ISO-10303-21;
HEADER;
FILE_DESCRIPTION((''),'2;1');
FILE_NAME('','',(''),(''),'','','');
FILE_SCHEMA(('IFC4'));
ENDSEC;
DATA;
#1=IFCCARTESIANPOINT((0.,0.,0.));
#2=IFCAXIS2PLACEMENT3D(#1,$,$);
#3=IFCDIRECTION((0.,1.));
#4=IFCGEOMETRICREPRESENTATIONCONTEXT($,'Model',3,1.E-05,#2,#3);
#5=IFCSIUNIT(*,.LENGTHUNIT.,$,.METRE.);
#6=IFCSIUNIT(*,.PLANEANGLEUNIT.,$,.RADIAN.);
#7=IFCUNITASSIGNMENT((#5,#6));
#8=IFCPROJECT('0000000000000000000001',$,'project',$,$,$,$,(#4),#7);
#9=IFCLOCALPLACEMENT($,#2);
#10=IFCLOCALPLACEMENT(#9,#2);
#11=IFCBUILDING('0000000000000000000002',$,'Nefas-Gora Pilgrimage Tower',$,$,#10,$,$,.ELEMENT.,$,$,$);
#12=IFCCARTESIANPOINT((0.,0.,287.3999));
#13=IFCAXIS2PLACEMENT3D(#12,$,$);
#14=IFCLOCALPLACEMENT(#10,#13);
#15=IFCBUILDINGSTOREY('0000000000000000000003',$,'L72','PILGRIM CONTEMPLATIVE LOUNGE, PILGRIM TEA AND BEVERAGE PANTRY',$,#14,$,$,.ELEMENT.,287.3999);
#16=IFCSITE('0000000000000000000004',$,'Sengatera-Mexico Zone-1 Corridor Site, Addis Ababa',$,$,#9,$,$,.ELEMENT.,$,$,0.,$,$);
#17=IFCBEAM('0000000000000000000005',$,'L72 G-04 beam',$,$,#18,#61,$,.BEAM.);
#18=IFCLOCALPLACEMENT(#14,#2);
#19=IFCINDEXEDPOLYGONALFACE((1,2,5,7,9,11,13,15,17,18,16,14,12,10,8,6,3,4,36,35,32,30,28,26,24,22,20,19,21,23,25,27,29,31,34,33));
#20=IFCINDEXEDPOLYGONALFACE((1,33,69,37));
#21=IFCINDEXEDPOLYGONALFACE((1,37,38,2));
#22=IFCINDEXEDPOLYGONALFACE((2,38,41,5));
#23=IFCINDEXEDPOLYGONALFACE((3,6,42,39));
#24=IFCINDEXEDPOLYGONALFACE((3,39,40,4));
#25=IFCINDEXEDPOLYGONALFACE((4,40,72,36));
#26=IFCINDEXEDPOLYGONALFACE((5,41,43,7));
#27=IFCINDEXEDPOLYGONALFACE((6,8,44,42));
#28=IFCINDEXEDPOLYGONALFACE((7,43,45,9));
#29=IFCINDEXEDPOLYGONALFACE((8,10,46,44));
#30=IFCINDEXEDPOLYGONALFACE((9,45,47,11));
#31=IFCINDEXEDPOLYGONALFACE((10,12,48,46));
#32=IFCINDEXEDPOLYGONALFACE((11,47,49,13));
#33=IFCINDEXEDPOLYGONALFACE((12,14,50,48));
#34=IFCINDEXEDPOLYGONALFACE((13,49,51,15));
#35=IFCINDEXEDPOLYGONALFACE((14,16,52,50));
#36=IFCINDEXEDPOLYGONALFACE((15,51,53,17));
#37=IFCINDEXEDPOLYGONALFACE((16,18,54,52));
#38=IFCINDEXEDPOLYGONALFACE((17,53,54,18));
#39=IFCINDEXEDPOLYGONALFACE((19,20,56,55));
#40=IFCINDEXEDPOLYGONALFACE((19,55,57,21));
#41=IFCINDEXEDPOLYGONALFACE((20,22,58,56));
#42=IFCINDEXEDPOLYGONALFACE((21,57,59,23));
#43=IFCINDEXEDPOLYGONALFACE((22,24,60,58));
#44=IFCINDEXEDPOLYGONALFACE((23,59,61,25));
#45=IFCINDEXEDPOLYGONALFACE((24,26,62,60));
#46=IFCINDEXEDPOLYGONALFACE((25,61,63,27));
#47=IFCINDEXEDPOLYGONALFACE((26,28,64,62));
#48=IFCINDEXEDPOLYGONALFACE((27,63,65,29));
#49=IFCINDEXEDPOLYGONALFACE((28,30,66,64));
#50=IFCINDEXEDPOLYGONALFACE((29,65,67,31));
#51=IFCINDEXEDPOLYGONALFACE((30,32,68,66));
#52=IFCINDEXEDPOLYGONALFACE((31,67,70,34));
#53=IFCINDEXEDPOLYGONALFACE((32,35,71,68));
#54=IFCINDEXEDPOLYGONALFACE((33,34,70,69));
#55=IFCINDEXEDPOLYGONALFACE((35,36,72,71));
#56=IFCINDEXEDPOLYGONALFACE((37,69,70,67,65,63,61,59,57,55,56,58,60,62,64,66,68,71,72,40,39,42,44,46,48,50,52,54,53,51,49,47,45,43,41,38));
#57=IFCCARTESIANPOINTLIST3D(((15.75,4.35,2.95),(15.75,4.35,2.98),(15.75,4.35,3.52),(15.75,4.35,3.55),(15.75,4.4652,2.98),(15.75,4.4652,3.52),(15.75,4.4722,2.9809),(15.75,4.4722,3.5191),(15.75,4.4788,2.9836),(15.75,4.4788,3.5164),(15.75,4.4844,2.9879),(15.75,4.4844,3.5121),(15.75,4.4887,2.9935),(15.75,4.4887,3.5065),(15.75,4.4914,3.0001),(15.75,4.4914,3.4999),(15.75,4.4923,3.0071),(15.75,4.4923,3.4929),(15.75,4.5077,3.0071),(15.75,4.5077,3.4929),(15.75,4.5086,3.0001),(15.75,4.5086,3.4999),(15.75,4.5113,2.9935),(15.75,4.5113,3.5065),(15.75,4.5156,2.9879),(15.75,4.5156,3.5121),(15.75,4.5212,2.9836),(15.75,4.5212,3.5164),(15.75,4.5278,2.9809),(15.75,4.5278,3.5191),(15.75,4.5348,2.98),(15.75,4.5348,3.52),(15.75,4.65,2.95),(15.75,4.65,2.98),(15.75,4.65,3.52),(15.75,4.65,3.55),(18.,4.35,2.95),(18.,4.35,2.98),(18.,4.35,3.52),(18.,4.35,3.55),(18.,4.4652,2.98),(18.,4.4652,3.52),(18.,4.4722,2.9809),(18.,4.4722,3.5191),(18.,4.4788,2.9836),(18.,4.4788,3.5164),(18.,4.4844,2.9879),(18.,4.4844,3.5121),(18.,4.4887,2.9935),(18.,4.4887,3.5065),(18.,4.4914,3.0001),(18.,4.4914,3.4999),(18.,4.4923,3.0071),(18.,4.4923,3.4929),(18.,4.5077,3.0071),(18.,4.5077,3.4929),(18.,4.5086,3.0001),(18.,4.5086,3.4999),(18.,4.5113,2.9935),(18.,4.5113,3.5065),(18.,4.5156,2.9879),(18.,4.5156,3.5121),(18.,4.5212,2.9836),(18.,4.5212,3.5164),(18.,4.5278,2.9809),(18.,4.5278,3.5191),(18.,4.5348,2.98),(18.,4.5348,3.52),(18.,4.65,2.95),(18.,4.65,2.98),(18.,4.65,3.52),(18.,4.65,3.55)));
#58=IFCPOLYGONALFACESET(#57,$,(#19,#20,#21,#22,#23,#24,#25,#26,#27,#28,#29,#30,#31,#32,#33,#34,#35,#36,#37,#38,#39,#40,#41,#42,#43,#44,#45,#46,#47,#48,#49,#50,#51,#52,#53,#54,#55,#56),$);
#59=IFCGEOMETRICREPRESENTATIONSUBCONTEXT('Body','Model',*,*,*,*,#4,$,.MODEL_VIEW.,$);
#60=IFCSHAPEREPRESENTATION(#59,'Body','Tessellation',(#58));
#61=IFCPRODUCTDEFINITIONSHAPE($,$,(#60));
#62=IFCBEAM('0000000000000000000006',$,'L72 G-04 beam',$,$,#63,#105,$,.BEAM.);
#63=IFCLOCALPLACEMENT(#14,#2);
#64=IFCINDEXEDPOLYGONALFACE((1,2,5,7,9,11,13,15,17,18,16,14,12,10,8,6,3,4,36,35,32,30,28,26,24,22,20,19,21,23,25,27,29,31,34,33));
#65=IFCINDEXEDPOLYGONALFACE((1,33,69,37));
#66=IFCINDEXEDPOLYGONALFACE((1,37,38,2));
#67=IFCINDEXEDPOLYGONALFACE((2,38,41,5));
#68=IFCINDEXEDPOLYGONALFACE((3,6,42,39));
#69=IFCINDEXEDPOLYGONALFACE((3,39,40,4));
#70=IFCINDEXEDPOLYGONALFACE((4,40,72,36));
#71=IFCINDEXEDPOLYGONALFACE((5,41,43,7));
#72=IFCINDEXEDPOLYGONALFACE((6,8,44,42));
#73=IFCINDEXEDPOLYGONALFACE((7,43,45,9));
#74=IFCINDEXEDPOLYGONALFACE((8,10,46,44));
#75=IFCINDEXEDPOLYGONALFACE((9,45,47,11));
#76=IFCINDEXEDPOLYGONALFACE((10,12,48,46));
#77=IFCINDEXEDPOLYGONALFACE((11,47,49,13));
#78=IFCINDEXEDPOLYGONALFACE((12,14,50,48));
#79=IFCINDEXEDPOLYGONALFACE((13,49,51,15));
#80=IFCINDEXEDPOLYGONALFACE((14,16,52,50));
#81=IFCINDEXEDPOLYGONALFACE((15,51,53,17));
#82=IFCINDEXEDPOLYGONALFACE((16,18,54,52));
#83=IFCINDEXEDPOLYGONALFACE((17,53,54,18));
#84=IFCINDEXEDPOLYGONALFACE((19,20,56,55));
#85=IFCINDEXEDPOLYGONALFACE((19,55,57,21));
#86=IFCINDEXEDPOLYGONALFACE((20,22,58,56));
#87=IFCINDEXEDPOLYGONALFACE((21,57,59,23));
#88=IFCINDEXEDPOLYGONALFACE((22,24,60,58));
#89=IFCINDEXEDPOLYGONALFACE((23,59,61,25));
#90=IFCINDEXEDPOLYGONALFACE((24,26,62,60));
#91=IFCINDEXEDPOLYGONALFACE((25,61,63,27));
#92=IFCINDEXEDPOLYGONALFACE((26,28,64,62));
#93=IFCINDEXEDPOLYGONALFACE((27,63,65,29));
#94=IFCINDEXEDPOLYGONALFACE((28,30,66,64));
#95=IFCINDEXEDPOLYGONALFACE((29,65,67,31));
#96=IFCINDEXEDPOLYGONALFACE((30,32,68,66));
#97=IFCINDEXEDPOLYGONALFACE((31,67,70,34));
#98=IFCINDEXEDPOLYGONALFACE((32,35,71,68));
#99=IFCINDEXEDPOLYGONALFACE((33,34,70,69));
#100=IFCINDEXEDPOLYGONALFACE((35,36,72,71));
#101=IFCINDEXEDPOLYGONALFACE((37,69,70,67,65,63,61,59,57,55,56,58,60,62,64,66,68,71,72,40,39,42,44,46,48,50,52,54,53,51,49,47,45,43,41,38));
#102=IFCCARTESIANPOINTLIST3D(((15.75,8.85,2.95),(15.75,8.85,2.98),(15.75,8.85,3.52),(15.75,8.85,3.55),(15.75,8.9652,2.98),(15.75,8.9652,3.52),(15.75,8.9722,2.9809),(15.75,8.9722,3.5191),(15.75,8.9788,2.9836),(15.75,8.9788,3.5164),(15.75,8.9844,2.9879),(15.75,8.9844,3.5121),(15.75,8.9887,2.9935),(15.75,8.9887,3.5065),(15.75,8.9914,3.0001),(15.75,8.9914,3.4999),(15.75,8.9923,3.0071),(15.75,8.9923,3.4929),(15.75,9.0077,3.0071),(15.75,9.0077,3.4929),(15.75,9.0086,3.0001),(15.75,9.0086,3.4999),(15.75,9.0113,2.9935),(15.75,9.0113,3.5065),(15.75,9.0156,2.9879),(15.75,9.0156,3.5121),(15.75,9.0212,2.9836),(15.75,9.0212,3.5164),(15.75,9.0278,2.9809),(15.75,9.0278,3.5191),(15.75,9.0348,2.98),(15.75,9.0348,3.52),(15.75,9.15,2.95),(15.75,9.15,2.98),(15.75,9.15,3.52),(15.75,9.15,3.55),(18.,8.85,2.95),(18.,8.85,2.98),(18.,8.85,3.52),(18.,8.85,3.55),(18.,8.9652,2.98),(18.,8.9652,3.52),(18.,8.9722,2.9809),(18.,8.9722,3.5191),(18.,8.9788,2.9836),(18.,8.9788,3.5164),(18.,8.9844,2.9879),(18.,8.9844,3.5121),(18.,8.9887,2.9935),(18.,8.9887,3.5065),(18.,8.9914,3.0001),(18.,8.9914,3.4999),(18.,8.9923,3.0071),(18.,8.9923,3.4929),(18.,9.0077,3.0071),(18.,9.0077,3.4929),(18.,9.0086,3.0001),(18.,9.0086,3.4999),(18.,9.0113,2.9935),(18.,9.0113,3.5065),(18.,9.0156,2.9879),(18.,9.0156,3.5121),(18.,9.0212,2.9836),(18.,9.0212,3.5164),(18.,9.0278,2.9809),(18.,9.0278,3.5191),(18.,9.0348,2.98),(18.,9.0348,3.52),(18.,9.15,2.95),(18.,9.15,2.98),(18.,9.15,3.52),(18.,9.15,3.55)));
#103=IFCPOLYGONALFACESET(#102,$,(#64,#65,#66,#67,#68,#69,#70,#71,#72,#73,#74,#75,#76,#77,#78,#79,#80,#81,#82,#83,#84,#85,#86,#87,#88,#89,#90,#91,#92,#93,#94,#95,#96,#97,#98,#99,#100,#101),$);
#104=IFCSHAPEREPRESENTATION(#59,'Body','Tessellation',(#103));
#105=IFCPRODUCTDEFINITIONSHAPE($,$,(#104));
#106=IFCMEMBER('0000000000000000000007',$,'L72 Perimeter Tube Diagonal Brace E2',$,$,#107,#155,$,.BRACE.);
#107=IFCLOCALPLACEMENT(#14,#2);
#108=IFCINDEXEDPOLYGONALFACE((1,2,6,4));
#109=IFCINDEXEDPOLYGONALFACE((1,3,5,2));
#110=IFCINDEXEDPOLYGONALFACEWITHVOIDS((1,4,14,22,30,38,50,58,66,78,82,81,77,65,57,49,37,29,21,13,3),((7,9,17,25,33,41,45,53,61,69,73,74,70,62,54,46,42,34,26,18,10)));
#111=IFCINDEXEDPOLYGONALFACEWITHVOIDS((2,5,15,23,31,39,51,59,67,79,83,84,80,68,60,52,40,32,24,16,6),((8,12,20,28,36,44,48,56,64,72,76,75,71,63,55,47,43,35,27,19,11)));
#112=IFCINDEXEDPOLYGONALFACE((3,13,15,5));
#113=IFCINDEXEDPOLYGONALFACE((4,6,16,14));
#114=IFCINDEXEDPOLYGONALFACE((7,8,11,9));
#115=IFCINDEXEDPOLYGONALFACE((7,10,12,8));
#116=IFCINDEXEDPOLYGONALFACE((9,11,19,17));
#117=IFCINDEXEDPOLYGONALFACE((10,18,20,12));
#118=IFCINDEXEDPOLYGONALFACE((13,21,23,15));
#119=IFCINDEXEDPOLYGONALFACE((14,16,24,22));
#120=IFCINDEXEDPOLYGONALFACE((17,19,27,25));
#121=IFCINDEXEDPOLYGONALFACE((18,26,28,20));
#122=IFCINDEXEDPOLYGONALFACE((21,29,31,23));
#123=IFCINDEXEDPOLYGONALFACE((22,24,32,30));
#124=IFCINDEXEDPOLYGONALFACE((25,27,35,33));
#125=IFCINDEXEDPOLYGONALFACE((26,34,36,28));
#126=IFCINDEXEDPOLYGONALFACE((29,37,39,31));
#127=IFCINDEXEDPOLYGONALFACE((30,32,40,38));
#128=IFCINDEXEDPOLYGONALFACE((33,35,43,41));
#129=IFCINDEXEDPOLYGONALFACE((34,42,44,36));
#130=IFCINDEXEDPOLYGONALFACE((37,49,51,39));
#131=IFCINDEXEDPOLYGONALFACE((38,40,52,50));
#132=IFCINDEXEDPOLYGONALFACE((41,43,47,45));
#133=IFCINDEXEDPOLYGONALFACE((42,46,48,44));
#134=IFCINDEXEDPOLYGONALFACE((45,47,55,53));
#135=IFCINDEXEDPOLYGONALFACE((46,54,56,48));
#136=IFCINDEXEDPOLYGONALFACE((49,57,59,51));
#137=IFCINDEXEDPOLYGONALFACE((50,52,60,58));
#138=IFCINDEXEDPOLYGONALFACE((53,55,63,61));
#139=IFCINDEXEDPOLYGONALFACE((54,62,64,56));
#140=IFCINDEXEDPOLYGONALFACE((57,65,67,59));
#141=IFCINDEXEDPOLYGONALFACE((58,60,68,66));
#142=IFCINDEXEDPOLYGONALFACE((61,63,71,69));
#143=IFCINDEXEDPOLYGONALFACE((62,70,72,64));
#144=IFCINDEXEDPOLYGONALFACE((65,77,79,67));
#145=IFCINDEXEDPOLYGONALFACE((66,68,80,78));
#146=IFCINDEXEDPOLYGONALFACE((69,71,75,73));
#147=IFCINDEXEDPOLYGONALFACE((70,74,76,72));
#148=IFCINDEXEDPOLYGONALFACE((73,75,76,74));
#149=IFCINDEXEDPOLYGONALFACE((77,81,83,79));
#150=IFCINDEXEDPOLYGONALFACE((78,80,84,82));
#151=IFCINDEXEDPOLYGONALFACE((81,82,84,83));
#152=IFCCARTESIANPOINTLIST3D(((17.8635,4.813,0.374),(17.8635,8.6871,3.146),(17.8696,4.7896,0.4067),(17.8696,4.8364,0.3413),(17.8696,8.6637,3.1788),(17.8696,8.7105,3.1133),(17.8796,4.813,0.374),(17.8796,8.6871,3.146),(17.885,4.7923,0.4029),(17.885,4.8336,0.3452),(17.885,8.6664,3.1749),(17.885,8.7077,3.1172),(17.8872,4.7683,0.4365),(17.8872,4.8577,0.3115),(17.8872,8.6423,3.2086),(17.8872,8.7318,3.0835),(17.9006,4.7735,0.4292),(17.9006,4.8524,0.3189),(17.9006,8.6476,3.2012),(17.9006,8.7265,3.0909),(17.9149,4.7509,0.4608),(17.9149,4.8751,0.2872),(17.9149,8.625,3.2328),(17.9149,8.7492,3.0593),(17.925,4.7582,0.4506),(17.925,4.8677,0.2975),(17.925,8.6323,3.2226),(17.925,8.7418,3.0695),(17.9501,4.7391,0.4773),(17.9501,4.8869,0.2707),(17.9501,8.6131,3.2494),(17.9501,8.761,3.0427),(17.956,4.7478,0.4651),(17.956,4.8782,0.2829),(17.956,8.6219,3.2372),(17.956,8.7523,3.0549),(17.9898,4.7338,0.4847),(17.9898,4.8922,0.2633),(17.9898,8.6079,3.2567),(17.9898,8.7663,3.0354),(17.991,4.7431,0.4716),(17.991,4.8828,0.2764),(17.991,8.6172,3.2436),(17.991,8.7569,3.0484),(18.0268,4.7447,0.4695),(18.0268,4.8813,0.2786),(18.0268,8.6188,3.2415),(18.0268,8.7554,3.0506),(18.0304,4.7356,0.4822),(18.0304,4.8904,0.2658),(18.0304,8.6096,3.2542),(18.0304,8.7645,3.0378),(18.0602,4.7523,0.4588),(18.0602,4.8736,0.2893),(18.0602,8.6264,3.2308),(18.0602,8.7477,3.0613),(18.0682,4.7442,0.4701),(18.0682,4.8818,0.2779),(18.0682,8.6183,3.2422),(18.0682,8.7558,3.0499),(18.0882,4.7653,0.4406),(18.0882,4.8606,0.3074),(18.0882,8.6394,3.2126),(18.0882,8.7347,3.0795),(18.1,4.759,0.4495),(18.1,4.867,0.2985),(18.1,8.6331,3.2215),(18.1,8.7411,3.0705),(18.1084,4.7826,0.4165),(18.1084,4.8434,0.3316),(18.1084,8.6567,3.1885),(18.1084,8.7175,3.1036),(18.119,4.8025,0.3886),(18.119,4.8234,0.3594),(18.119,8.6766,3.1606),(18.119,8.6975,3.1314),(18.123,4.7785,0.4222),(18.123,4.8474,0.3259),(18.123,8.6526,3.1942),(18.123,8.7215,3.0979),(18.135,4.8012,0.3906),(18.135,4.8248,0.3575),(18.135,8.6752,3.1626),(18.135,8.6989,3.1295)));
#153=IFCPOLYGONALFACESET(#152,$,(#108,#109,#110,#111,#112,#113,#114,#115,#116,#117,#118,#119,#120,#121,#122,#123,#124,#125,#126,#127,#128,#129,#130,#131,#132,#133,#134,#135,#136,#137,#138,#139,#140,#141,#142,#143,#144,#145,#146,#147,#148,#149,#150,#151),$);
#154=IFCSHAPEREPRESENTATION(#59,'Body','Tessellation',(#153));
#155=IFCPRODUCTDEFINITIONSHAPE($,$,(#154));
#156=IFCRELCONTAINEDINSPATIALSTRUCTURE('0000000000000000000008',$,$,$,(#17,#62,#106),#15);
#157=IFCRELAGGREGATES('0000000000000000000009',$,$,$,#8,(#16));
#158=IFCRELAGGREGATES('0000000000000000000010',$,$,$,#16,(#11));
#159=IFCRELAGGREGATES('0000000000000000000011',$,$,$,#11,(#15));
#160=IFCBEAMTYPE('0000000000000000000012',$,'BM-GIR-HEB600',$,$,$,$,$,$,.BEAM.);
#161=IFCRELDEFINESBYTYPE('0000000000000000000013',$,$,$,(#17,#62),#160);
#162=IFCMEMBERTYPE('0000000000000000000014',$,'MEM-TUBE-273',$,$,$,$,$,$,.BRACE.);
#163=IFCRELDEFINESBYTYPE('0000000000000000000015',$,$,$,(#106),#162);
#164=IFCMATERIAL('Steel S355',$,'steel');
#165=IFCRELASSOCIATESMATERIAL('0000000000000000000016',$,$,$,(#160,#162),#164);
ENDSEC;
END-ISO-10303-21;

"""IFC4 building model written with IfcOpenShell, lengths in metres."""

from ifc_helpers import new_model, si_unit, direction, frame, origin, origin_2d, place, context, subcontext, project, spatial, hollow_circle, i_section, extrude, source, transform, mapped, material, material_profile, profile_set, type_object, element, save


model = new_model("IFC4")

# Units and contexts
model_context = context("Model", 3, precision=1e-05, world=origin(), true_north=direction((0.0, 1.0)))
body_context = subcontext(model_context, "Body", "Model", "MODEL_VIEW")
ifc_project = project(units=[si_unit("LENGTHUNIT", "METRE"), si_unit("PLANEANGLEUNIT", "RADIAN")], contexts=[model_context])

# Site, building, storey
site_placement = place(None, origin())
site = spatial("IfcSite", under=ifc_project, at=site_placement, Name="Sengatera-Mexico Zone-1 Corridor Site, Addis Ababa", CompositionType="ELEMENT", RefElevation=0.0)
building_placement = place(site_placement, origin())
building = spatial("IfcBuilding", under=site, at=building_placement, Name="Nefas-Gora Pilgrimage Tower", CompositionType="ELEMENT")
storey_placement = place(building_placement, frame((0.0, 0.0, 287.3999)))
storey = spatial("IfcBuildingStorey", under=building, at=storey_placement, Name="L72", Description="PILGRIM CONTEMPLATIVE LOUNGE, PILGRIM TEA AND BEVERAGE PANTRY", CompositionType="ELEMENT", Elevation=287.3999)

# Shared definitions
ifc_material_1 = material(Name="Steel S355", Category="steel")

# Beams
ifc_material_profile_1 = material_profile(ifc_material_1, i_section(OverallWidth=0.3, OverallDepth=0.6001, WebThickness=0.0154, FlangeThickness=0.03, FilletRadius=0.0271, at=origin_2d()), Name="HEB 600")
ifc_profile_set_1 = profile_set([ifc_material_profile_1], Name="Steel S355")
beam_type_1 = type_object("IfcBeamType", Name="BM-GIR-HEB600", PredefinedType="BEAM", material=ifc_profile_set_1)
shared_shape_1 = source(origin(), body_context, "Body", "SweptSolid", [
    extrude(i_section(OverallWidth=0.3, OverallDepth=0.6001, WebThickness=0.0154, FlangeThickness=0.03, FilletRadius=0.0271, at=origin_2d()), origin(), (0.0, 0.0, 1.0), 2.25),
])
for number, where, z_axis, x_axis, name in (
    (1, (15.75, 4.5, 3.25), (1.0, 0.0, 0.0), (0.0, 1.0, 0.0), "L72 G-04 beam"),
    (2, (15.75, 9.0, 3.25), (1.0, 0.0, 0.0), (0.0, 1.0, 0.0), "L72 G-04 beam"),
):
    element("IfcBeam", number, at=place(storey_placement, frame(where, z_axis=z_axis, x_axis=x_axis)), inside=storey, type_object=beam_type_1, Name=name, PredefinedType="BEAM", context=body_context, shape_type="MappedRepresentation", body=[
        mapped(shared_shape_1, transform((0.0, 0.0, 0.0), x_axis=(1.0, 0.0, 0.0), y_axis=(0.0, 1.0, 0.0), z_axis=(0.0, 0.0, 1.0), scale=1.0)),
    ])

# Member
ifc_material_profile_2 = material_profile(ifc_material_1, hollow_circle(Radius=0.1365, WallThickness=0.0161, at=origin_2d()), Name="CHS 273x16")
ifc_profile_set_2 = profile_set([ifc_material_profile_2], Name="Steel S355")
member_type_1 = type_object("IfcMemberType", Name="MEM-TUBE-273", PredefinedType="BRACE", material=ifc_profile_set_2)
shared_shape_2 = source(origin(), body_context, "Body", "SweptSolid", [
    extrude(hollow_circle(Radius=0.1365, WallThickness=0.0161, at=origin_2d()), origin(), (0.0, 0.0, 1.0), 4.7637),
])
member_1_placement = place(storey_placement, frame((18.0, 4.813, 0.374), z_axis=(0.0, 0.813255, 0.581907), x_axis=(-1.0, 0.0, 0.0)))
element("IfcMember", 3, at=member_1_placement, inside=storey, type_object=member_type_1, Name="L72 Perimeter Tube Diagonal Brace E2", PredefinedType="BRACE", context=body_context, shape_type="MappedRepresentation", body=[
    mapped(shared_shape_2, transform((0.0, 0.0, 0.0), x_axis=(1.0, 0.0, 0.0), y_axis=(0.0, 1.0, 0.0), z_axis=(0.0, 0.0, 1.0), scale=1.0)),
])

save(model, "model.ifc")
